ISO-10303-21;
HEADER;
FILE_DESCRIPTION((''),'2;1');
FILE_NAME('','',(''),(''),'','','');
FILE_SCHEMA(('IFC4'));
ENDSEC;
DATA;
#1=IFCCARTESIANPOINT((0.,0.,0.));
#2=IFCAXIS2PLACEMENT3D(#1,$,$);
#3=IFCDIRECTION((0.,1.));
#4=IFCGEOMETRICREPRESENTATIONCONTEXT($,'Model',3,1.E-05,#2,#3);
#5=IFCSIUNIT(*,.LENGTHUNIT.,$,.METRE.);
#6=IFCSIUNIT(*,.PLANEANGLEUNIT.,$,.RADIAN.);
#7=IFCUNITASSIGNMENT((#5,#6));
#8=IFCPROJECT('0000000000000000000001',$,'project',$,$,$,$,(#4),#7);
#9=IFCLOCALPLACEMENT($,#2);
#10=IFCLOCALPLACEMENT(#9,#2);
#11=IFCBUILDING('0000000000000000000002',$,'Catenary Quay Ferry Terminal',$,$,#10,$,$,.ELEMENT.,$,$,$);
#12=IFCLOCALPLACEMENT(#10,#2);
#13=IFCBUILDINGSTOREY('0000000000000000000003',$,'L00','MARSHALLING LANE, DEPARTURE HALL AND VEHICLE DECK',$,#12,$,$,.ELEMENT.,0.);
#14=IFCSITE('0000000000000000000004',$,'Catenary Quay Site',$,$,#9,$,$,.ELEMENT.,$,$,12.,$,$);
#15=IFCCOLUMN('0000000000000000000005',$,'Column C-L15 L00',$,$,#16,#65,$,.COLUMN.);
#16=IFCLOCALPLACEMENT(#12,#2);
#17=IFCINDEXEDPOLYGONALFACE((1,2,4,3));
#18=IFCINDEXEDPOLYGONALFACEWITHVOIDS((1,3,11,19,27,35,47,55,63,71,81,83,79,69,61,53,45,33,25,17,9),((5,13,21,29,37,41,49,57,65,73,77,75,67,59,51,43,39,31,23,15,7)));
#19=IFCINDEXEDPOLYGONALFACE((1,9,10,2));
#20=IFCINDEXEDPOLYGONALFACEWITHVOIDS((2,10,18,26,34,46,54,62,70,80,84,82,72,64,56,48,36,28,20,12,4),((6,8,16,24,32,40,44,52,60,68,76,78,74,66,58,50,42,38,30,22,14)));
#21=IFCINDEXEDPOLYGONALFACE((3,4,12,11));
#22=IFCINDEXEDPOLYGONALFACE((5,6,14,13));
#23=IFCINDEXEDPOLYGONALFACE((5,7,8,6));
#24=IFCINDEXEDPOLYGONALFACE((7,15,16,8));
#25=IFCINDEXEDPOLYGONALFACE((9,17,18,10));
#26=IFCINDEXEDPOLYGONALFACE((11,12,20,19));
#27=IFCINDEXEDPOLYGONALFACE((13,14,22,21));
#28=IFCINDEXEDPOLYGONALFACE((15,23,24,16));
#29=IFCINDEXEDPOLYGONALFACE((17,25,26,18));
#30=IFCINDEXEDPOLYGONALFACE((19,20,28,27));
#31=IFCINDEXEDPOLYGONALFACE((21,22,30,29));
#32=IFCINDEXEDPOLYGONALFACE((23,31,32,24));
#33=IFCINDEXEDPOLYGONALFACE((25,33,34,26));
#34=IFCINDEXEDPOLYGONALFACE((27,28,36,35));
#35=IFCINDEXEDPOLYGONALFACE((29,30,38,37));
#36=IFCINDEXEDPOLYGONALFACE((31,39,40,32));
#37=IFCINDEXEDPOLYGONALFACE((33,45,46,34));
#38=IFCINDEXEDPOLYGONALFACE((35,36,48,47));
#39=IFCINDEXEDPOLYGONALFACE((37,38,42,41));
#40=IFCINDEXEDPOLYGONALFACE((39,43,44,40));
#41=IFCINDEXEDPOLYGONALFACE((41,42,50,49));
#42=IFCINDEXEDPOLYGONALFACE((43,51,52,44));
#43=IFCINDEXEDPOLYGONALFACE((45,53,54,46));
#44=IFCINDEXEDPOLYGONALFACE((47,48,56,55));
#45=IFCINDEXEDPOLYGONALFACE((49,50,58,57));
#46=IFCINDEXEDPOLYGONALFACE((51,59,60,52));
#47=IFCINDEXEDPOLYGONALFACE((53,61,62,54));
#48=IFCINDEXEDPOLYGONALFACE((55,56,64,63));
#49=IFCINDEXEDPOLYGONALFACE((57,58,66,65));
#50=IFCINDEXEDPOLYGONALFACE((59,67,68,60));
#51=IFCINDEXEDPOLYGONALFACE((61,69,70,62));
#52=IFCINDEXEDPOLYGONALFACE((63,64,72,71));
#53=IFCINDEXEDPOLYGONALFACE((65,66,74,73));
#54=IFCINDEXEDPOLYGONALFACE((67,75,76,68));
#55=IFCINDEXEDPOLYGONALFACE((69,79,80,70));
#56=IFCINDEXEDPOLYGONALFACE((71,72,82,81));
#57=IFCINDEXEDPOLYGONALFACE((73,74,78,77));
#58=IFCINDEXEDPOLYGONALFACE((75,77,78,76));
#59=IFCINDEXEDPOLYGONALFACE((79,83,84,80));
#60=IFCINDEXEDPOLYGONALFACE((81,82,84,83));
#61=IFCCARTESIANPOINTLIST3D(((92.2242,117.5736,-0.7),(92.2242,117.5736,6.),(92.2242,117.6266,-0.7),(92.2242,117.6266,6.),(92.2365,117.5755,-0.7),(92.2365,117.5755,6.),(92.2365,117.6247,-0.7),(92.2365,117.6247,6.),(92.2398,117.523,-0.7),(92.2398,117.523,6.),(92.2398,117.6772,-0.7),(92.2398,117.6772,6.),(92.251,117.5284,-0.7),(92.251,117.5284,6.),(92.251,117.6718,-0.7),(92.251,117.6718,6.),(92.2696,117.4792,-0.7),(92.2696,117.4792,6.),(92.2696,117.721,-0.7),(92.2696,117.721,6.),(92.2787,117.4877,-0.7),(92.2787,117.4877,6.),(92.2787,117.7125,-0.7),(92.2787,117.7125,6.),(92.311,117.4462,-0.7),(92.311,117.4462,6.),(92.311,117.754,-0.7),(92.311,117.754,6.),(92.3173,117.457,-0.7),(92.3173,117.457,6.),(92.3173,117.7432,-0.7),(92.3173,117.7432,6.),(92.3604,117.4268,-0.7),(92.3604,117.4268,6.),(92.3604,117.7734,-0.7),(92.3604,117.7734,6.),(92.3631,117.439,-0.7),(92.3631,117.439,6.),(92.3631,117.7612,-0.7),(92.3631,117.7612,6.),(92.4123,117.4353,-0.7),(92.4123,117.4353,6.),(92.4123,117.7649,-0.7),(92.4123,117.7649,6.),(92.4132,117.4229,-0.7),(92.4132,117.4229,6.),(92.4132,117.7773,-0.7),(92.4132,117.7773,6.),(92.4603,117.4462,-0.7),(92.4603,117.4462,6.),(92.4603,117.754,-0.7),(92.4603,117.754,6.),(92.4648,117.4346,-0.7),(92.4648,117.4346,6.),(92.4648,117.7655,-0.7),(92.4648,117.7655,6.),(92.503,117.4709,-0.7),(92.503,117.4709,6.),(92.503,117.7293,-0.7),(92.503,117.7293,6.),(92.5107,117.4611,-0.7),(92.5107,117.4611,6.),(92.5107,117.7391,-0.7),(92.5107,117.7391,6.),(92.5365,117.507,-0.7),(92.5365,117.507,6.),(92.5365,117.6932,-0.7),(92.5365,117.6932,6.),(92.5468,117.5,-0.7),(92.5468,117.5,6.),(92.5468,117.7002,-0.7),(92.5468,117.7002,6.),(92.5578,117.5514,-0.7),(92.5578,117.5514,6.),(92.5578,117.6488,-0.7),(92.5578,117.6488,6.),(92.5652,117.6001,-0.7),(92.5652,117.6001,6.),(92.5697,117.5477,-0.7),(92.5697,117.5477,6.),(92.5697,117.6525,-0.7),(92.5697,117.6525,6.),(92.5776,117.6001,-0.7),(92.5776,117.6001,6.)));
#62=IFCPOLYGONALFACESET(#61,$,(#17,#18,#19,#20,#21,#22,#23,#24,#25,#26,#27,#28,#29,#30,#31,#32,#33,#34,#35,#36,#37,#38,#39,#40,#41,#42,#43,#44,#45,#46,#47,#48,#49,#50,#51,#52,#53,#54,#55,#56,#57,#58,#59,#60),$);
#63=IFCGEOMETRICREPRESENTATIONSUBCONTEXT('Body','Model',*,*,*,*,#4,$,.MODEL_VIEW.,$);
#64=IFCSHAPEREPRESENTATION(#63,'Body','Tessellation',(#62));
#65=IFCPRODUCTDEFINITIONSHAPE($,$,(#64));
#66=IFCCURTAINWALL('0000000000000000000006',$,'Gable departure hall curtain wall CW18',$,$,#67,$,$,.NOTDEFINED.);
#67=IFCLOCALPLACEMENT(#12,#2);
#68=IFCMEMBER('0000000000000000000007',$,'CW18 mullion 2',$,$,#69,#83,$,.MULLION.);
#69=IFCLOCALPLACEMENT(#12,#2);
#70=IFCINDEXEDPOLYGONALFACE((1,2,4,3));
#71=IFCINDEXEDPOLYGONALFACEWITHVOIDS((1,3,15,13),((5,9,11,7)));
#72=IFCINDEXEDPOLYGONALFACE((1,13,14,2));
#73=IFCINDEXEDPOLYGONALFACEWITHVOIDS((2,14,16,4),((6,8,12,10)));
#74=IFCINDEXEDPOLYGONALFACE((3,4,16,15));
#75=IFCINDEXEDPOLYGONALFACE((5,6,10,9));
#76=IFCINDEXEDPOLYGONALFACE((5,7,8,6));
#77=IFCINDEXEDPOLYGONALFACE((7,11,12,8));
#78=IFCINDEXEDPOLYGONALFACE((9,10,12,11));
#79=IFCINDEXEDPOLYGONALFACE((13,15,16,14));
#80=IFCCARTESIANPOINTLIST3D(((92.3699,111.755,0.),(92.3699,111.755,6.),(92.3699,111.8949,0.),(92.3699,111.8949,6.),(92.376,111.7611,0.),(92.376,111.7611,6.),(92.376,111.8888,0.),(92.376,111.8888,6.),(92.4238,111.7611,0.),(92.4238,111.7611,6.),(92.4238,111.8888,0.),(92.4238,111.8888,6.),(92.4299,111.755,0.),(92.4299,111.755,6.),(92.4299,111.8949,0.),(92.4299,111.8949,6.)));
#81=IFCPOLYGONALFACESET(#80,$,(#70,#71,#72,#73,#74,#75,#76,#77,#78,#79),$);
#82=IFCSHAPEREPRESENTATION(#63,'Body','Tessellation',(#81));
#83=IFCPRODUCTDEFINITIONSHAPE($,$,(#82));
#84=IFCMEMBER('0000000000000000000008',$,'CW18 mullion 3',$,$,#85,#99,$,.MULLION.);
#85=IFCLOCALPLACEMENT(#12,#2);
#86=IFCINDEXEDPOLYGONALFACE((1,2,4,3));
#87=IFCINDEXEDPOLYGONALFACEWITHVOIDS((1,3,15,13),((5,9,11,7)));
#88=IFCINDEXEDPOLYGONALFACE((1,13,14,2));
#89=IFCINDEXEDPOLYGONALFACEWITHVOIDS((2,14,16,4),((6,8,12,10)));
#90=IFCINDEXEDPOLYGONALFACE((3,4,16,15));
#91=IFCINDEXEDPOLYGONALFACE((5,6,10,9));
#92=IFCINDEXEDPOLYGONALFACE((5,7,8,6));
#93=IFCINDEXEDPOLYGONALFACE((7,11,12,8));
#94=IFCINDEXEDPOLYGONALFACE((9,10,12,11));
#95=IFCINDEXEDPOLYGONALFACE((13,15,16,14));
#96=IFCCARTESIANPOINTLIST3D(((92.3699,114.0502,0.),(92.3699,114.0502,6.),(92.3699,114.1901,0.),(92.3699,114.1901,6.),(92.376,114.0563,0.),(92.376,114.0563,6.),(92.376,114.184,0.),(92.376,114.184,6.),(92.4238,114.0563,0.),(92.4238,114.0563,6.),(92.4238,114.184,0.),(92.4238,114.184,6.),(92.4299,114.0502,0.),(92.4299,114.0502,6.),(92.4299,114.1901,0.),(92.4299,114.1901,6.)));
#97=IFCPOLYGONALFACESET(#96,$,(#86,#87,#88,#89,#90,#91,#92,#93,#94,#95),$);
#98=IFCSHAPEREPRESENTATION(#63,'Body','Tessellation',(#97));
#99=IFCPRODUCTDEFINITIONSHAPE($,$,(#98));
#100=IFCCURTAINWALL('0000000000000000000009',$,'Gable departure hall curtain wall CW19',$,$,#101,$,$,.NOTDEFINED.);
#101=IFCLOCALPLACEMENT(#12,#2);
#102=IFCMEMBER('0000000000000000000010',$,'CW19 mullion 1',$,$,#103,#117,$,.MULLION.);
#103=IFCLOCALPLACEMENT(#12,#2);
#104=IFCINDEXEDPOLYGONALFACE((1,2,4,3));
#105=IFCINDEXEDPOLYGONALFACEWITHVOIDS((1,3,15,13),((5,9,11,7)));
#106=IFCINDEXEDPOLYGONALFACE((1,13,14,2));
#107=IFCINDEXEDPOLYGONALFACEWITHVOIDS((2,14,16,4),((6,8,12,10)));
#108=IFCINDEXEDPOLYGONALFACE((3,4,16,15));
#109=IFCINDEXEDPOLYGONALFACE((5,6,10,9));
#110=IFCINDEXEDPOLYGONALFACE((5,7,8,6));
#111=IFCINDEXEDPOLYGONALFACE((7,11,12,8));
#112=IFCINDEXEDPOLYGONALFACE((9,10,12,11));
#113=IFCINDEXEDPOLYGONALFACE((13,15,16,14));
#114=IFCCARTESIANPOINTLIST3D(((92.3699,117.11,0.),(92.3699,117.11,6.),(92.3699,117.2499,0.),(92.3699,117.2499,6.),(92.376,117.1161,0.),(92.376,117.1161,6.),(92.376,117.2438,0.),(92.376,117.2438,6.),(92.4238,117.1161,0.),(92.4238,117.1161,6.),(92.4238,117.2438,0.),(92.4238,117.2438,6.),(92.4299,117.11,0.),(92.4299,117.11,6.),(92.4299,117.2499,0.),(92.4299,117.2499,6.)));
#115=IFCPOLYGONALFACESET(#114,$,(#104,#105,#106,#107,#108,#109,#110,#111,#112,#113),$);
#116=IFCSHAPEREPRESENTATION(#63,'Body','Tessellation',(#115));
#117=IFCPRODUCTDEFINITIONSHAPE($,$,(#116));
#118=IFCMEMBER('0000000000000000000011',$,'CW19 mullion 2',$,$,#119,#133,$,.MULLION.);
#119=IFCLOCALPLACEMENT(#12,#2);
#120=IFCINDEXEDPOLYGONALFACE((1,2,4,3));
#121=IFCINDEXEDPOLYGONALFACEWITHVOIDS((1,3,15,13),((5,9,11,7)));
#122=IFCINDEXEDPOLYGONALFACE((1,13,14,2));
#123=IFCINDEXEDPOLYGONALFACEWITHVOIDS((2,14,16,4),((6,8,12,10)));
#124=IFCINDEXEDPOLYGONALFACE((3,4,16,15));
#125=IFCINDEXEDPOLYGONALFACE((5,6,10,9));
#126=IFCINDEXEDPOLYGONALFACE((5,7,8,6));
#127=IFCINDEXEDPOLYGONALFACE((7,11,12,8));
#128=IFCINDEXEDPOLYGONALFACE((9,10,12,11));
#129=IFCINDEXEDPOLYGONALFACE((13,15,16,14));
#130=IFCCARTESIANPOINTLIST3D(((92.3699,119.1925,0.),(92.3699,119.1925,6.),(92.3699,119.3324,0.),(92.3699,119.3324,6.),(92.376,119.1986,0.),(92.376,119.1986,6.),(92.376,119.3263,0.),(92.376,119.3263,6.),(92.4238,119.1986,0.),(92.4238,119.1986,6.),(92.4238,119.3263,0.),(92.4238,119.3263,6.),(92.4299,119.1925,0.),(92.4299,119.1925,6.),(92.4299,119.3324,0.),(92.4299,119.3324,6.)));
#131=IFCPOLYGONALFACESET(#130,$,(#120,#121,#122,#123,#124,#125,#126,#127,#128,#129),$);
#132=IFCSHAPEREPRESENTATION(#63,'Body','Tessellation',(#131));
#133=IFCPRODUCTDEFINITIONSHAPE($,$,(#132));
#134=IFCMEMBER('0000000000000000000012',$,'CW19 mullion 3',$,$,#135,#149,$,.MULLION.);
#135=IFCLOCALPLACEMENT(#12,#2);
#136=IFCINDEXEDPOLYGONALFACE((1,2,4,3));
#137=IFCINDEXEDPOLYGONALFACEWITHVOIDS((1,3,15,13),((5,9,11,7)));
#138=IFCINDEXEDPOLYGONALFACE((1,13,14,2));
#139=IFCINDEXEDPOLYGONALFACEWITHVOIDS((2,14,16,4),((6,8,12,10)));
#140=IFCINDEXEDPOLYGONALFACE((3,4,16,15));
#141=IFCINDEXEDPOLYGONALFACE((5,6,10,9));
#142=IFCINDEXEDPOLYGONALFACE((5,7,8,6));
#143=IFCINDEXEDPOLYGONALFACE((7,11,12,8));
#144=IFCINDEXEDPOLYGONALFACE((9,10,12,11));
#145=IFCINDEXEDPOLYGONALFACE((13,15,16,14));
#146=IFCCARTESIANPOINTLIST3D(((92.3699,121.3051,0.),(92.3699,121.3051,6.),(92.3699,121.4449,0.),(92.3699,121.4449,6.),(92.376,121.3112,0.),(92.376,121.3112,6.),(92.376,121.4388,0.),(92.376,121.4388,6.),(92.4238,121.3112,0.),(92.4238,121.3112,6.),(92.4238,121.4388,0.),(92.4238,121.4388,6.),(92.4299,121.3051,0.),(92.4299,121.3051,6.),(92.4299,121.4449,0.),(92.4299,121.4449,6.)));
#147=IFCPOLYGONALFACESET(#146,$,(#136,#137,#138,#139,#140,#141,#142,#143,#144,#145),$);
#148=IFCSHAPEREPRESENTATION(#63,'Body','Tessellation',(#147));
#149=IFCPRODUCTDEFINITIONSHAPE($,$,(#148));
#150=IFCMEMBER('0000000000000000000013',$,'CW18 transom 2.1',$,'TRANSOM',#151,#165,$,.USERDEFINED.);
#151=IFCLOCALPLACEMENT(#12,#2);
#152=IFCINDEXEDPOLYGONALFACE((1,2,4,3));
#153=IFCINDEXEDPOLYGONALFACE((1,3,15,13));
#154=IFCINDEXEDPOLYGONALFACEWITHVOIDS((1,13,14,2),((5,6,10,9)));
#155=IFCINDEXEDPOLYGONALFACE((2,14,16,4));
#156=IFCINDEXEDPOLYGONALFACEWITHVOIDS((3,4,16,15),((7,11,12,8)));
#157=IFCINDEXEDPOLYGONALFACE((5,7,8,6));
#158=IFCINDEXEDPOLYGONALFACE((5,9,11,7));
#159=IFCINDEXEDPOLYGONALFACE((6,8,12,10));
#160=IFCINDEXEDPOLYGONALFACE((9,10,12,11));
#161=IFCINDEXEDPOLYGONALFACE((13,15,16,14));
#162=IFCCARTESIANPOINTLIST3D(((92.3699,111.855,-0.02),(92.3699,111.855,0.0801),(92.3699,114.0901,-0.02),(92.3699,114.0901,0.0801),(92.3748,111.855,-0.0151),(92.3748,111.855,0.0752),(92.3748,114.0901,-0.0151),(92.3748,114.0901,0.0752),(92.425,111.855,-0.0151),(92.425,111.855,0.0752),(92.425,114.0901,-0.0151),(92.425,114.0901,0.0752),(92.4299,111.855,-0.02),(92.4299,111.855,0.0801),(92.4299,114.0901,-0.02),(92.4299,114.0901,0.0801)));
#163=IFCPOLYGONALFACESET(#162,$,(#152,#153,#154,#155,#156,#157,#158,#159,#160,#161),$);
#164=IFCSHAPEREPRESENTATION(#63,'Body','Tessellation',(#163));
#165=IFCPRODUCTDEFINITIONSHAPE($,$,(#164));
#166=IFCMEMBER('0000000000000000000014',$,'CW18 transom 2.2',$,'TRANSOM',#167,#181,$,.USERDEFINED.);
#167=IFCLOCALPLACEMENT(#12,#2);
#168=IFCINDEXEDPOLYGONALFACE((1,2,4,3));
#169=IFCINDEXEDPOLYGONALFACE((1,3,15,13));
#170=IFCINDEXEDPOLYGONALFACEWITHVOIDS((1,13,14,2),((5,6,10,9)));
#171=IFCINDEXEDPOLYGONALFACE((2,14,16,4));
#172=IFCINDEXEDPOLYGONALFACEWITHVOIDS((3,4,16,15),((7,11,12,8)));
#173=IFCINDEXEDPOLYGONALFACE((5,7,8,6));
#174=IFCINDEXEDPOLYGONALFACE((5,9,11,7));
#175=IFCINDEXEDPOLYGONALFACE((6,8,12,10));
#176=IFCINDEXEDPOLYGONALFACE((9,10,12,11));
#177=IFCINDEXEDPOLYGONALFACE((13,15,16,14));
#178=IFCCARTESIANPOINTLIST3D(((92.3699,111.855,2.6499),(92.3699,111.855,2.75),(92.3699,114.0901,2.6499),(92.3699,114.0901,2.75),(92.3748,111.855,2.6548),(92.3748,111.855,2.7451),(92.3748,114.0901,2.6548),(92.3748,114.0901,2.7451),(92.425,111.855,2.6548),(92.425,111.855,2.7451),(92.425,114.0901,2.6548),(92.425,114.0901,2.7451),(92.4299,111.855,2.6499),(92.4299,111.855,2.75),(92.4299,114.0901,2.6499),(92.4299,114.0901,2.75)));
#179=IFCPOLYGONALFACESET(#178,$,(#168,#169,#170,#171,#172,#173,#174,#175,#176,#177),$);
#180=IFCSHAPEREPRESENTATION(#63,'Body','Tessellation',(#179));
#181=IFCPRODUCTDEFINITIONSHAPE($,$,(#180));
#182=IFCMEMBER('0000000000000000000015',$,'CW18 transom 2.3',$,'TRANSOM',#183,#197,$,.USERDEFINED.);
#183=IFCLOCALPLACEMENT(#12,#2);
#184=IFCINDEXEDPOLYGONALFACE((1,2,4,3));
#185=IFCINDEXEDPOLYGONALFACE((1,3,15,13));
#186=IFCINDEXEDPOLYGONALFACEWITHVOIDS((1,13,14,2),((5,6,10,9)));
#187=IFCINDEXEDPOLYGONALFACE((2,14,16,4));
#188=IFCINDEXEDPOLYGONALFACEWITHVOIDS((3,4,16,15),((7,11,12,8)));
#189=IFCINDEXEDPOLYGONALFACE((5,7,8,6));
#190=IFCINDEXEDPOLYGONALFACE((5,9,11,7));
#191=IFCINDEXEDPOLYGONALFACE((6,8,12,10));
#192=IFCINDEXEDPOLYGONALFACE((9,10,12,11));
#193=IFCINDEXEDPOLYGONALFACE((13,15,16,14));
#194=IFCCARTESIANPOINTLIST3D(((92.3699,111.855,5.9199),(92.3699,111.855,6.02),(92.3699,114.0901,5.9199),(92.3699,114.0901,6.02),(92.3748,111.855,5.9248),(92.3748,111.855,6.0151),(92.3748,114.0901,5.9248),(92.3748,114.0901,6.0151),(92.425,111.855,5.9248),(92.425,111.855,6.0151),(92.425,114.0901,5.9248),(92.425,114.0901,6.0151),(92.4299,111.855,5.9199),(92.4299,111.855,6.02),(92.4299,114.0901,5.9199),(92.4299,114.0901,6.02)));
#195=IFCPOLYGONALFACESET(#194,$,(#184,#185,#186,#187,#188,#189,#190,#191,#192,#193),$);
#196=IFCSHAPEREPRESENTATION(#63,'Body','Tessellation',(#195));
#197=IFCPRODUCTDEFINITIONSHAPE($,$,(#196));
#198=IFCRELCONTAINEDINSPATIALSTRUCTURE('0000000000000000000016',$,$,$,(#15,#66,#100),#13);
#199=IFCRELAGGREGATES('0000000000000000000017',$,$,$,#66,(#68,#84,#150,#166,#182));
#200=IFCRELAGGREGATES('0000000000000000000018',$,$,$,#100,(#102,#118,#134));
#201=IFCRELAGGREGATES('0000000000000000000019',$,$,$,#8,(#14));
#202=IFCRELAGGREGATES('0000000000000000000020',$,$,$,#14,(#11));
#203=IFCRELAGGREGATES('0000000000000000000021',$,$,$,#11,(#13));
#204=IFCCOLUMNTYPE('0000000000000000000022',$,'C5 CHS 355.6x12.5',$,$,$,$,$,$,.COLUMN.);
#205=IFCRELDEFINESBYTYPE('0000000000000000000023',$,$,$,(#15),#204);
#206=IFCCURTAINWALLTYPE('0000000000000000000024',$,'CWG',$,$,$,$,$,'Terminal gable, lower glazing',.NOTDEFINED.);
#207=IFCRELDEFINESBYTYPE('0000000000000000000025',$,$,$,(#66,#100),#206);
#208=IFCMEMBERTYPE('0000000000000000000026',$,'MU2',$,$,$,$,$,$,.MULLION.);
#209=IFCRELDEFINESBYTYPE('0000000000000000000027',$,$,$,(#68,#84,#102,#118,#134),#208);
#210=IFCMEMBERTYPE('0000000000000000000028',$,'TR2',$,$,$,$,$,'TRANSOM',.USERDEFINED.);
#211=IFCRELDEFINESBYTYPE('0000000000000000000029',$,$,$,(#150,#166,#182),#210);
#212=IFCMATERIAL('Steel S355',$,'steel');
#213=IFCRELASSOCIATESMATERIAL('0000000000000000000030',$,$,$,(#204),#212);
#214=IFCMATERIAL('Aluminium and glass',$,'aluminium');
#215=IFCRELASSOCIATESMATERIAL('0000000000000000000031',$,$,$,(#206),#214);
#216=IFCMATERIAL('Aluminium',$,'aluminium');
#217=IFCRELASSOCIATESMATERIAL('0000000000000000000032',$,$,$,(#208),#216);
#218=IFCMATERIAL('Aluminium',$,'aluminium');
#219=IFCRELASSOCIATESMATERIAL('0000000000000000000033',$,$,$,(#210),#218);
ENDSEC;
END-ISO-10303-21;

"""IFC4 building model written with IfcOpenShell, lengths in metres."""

from ifc_helpers import new_model, si_unit, direction, frame, origin, origin_2d, place, context, subcontext, project, spatial, hollow_rectangle, hollow_circle, extrude, material, material_profile, profile_set, type_object, element, aggregate, save


model = new_model("IFC4")

# Units and contexts
model_context = context("Model", 3, precision=1e-05, world=origin(), true_north=direction((0.0, 1.0)))
body_context = subcontext(model_context, "Body", "Model", "MODEL_VIEW")
ifc_project = project(units=[si_unit("LENGTHUNIT", "METRE"), si_unit("PLANEANGLEUNIT", "RADIAN")], contexts=[model_context])

# Site, building, storey
site_placement = place(None, origin())
site = spatial("IfcSite", under=ifc_project, at=site_placement, Name="Catenary Quay Site", CompositionType="ELEMENT", RefElevation=12.0)
building_placement = place(site_placement, origin())
building = spatial("IfcBuilding", under=site, at=building_placement, Name="Catenary Quay Ferry Terminal", CompositionType="ELEMENT")
storey_placement = place(building_placement, origin())
storey = spatial("IfcBuildingStorey", under=building, at=storey_placement, Name="L00", Description="MARSHALLING LANE, DEPARTURE HALL AND VEHICLE DECK", CompositionType="ELEMENT", Elevation=0.0)

# Column
ifc_material_1 = material(Name="Steel S355", Category="steel")
ifc_material_profile_1 = material_profile(ifc_material_1, hollow_circle(Radius=0.1777, WallThickness=0.0125, at=origin_2d()), Name="CHS 355.6x12.5")
ifc_profile_set_1 = profile_set([ifc_material_profile_1], Name="Steel S355")
column_type = type_object("IfcColumnType", Name="C5 CHS 355.6x12.5", PredefinedType="COLUMN", material=ifc_profile_set_1)
column_placement = place(storey_placement, frame((92.3999, 117.6001, -0.7), z_axis=(0.0, 0.0, 1.0), x_axis=(1.0, 0.0, 0.0)))
element("IfcColumn", 1, at=column_placement, inside=storey, type_object=column_type, Name="Column C-L15 L00", PredefinedType="COLUMN", context=body_context, shape_type="SweptSolid", body=[
    extrude(hollow_circle(Radius=0.1777, WallThickness=0.0125, at=origin_2d()), origin(), (0.0, 0.0, 1.0), 6.7),
])

# Curtain walls, members
ifc_material_2 = material(Name="Aluminium and glass", Category="aluminium")
curtain_wall_type = type_object("IfcCurtainWallType", Name="CWG", ElementType="Terminal gable, lower glazing", PredefinedType="NOTDEFINED", material=ifc_material_2)
curtain_wall_1_placement = place(storey_placement, origin())
curtain_wall_1 = element("IfcCurtainWall", 2, at=curtain_wall_1_placement, inside=storey, type_object=curtain_wall_type, Name="Gable departure hall curtain wall CW18", PredefinedType="NOTDEFINED")
ifc_material_3 = material(Name="Aluminium", Category="aluminium")
ifc_material_profile_2 = material_profile(ifc_material_3, hollow_rectangle(XDim=0.0601, YDim=0.1399, WallThickness=0.0061, at=origin_2d()), Name="MU2")
ifc_profile_set_2 = profile_set([ifc_material_profile_2], Name="Aluminium")
member_type_1 = type_object("IfcMemberType", Name="MU2", PredefinedType="MULLION", material=ifc_profile_set_2)
member_1_placement = place(storey_placement, frame((92.3999, 111.825, 0.0), z_axis=(0.0, 0.0, 1.0), x_axis=(-1.0, 0.0, 0.0)))
member_1 = element("IfcMember", 3, at=member_1_placement, type_object=member_type_1, Name="CW18 mullion 2", PredefinedType="MULLION", context=body_context, shape_type="SweptSolid", body=[
    extrude(hollow_rectangle(XDim=0.0601, YDim=0.1399, WallThickness=0.0061, at=origin_2d()), origin(), (0.0, 0.0, 1.0), 6.0),
])
member_2_placement = place(storey_placement, frame((92.3999, 114.1201, 0.0), z_axis=(0.0, 0.0, 1.0), x_axis=(-1.0, 0.0, 0.0)))
member_2 = element("IfcMember", 4, at=member_2_placement, type_object=member_type_1, Name="CW18 mullion 3", PredefinedType="MULLION", context=body_context, shape_type="SweptSolid", body=[
    extrude(hollow_rectangle(XDim=0.0601, YDim=0.1399, WallThickness=0.0061, at=origin_2d()), origin(), (0.0, 0.0, 1.0), 6.0),
])
curtain_wall_2_placement = place(storey_placement, origin())
curtain_wall_2 = element("IfcCurtainWall", 5, at=curtain_wall_2_placement, inside=storey, type_object=curtain_wall_type, Name="Gable departure hall curtain wall CW19", PredefinedType="NOTDEFINED")
member_3_placement = place(storey_placement, frame((92.3999, 117.1799, 0.0), z_axis=(0.0, 0.0, 1.0), x_axis=(-1.0, 0.0, 0.0)))
member_3 = element("IfcMember", 6, at=member_3_placement, type_object=member_type_1, Name="CW19 mullion 1", PredefinedType="MULLION", context=body_context, shape_type="SweptSolid", body=[
    extrude(hollow_rectangle(XDim=0.0601, YDim=0.1399, WallThickness=0.0061, at=origin_2d()), origin(), (0.0, 0.0, 1.0), 6.0),
])
member_4_placement = place(storey_placement, frame((92.3999, 119.2625, 0.0), z_axis=(0.0, 0.0, 1.0), x_axis=(-1.0, 0.0, 0.0)))
member_4 = element("IfcMember", 7, at=member_4_placement, type_object=member_type_1, Name="CW19 mullion 2", PredefinedType="MULLION", context=body_context, shape_type="SweptSolid", body=[
    extrude(hollow_rectangle(XDim=0.0601, YDim=0.1399, WallThickness=0.0061, at=origin_2d()), origin(), (0.0, 0.0, 1.0), 6.0),
])
member_5_placement = place(storey_placement, frame((92.3999, 121.375, 0.0), z_axis=(0.0, 0.0, 1.0), x_axis=(-1.0, 0.0, 0.0)))
member_5 = element("IfcMember", 8, at=member_5_placement, type_object=member_type_1, Name="CW19 mullion 3", PredefinedType="MULLION", context=body_context, shape_type="SweptSolid", body=[
    extrude(hollow_rectangle(XDim=0.0601, YDim=0.1399, WallThickness=0.0061, at=origin_2d()), origin(), (0.0, 0.0, 1.0), 6.0),
])

# Members
ifc_material_4 = material(Name="Aluminium", Category="aluminium")
ifc_material_profile_3 = material_profile(ifc_material_4, hollow_rectangle(XDim=0.0601, YDim=0.1001, WallThickness=0.0049, at=origin_2d()), Name="TR2")
ifc_profile_set_3 = profile_set([ifc_material_profile_3], Name="Aluminium")
member_type_2 = type_object("IfcMemberType", Name="TR2", ElementType="TRANSOM", PredefinedType="USERDEFINED", material=ifc_profile_set_3)
member_6_placement = place(storey_placement, frame((92.3999, 111.855, 0.03), z_axis=(0.0, 1.0, 0.0), x_axis=(-1.0, 0.0, 0.0)))
member_6 = element("IfcMember", 9, at=member_6_placement, type_object=member_type_2, Name="CW18 transom 2.1", ObjectType="TRANSOM", PredefinedType="USERDEFINED", context=body_context, shape_type="SweptSolid", body=[
    extrude(hollow_rectangle(XDim=0.0601, YDim=0.1001, WallThickness=0.0049, at=origin_2d()), origin(), (0.0, 0.0, 1.0), 2.2351),
])
member_7_placement = place(storey_placement, frame((92.3999, 111.855, 2.7), z_axis=(0.0, 1.0, 0.0), x_axis=(-1.0, 0.0, 0.0)))
member_7 = element("IfcMember", 10, at=member_7_placement, type_object=member_type_2, Name="CW18 transom 2.2", ObjectType="TRANSOM", PredefinedType="USERDEFINED", context=body_context, shape_type="SweptSolid", body=[
    extrude(hollow_rectangle(XDim=0.0601, YDim=0.1001, WallThickness=0.0049, at=origin_2d()), origin(), (0.0, 0.0, 1.0), 2.2351),
])
member_8_placement = place(storey_placement, frame((92.3999, 111.855, 5.97), z_axis=(0.0, 1.0, 0.0), x_axis=(-1.0, 0.0, 0.0)))
member_8 = element("IfcMember", 11, at=member_8_placement, type_object=member_type_2, Name="CW18 transom 2.3", ObjectType="TRANSOM", PredefinedType="USERDEFINED", context=body_context, shape_type="SweptSolid", body=[
    extrude(hollow_rectangle(XDim=0.0601, YDim=0.1001, WallThickness=0.0049, at=origin_2d()), origin(), (0.0, 0.0, 1.0), 2.2351),
])

aggregate(curtain_wall_1, [member_1, member_2, member_6, member_7, member_8])
aggregate(curtain_wall_2, [member_3, member_4, member_5])

save(model, "model.ifc")
